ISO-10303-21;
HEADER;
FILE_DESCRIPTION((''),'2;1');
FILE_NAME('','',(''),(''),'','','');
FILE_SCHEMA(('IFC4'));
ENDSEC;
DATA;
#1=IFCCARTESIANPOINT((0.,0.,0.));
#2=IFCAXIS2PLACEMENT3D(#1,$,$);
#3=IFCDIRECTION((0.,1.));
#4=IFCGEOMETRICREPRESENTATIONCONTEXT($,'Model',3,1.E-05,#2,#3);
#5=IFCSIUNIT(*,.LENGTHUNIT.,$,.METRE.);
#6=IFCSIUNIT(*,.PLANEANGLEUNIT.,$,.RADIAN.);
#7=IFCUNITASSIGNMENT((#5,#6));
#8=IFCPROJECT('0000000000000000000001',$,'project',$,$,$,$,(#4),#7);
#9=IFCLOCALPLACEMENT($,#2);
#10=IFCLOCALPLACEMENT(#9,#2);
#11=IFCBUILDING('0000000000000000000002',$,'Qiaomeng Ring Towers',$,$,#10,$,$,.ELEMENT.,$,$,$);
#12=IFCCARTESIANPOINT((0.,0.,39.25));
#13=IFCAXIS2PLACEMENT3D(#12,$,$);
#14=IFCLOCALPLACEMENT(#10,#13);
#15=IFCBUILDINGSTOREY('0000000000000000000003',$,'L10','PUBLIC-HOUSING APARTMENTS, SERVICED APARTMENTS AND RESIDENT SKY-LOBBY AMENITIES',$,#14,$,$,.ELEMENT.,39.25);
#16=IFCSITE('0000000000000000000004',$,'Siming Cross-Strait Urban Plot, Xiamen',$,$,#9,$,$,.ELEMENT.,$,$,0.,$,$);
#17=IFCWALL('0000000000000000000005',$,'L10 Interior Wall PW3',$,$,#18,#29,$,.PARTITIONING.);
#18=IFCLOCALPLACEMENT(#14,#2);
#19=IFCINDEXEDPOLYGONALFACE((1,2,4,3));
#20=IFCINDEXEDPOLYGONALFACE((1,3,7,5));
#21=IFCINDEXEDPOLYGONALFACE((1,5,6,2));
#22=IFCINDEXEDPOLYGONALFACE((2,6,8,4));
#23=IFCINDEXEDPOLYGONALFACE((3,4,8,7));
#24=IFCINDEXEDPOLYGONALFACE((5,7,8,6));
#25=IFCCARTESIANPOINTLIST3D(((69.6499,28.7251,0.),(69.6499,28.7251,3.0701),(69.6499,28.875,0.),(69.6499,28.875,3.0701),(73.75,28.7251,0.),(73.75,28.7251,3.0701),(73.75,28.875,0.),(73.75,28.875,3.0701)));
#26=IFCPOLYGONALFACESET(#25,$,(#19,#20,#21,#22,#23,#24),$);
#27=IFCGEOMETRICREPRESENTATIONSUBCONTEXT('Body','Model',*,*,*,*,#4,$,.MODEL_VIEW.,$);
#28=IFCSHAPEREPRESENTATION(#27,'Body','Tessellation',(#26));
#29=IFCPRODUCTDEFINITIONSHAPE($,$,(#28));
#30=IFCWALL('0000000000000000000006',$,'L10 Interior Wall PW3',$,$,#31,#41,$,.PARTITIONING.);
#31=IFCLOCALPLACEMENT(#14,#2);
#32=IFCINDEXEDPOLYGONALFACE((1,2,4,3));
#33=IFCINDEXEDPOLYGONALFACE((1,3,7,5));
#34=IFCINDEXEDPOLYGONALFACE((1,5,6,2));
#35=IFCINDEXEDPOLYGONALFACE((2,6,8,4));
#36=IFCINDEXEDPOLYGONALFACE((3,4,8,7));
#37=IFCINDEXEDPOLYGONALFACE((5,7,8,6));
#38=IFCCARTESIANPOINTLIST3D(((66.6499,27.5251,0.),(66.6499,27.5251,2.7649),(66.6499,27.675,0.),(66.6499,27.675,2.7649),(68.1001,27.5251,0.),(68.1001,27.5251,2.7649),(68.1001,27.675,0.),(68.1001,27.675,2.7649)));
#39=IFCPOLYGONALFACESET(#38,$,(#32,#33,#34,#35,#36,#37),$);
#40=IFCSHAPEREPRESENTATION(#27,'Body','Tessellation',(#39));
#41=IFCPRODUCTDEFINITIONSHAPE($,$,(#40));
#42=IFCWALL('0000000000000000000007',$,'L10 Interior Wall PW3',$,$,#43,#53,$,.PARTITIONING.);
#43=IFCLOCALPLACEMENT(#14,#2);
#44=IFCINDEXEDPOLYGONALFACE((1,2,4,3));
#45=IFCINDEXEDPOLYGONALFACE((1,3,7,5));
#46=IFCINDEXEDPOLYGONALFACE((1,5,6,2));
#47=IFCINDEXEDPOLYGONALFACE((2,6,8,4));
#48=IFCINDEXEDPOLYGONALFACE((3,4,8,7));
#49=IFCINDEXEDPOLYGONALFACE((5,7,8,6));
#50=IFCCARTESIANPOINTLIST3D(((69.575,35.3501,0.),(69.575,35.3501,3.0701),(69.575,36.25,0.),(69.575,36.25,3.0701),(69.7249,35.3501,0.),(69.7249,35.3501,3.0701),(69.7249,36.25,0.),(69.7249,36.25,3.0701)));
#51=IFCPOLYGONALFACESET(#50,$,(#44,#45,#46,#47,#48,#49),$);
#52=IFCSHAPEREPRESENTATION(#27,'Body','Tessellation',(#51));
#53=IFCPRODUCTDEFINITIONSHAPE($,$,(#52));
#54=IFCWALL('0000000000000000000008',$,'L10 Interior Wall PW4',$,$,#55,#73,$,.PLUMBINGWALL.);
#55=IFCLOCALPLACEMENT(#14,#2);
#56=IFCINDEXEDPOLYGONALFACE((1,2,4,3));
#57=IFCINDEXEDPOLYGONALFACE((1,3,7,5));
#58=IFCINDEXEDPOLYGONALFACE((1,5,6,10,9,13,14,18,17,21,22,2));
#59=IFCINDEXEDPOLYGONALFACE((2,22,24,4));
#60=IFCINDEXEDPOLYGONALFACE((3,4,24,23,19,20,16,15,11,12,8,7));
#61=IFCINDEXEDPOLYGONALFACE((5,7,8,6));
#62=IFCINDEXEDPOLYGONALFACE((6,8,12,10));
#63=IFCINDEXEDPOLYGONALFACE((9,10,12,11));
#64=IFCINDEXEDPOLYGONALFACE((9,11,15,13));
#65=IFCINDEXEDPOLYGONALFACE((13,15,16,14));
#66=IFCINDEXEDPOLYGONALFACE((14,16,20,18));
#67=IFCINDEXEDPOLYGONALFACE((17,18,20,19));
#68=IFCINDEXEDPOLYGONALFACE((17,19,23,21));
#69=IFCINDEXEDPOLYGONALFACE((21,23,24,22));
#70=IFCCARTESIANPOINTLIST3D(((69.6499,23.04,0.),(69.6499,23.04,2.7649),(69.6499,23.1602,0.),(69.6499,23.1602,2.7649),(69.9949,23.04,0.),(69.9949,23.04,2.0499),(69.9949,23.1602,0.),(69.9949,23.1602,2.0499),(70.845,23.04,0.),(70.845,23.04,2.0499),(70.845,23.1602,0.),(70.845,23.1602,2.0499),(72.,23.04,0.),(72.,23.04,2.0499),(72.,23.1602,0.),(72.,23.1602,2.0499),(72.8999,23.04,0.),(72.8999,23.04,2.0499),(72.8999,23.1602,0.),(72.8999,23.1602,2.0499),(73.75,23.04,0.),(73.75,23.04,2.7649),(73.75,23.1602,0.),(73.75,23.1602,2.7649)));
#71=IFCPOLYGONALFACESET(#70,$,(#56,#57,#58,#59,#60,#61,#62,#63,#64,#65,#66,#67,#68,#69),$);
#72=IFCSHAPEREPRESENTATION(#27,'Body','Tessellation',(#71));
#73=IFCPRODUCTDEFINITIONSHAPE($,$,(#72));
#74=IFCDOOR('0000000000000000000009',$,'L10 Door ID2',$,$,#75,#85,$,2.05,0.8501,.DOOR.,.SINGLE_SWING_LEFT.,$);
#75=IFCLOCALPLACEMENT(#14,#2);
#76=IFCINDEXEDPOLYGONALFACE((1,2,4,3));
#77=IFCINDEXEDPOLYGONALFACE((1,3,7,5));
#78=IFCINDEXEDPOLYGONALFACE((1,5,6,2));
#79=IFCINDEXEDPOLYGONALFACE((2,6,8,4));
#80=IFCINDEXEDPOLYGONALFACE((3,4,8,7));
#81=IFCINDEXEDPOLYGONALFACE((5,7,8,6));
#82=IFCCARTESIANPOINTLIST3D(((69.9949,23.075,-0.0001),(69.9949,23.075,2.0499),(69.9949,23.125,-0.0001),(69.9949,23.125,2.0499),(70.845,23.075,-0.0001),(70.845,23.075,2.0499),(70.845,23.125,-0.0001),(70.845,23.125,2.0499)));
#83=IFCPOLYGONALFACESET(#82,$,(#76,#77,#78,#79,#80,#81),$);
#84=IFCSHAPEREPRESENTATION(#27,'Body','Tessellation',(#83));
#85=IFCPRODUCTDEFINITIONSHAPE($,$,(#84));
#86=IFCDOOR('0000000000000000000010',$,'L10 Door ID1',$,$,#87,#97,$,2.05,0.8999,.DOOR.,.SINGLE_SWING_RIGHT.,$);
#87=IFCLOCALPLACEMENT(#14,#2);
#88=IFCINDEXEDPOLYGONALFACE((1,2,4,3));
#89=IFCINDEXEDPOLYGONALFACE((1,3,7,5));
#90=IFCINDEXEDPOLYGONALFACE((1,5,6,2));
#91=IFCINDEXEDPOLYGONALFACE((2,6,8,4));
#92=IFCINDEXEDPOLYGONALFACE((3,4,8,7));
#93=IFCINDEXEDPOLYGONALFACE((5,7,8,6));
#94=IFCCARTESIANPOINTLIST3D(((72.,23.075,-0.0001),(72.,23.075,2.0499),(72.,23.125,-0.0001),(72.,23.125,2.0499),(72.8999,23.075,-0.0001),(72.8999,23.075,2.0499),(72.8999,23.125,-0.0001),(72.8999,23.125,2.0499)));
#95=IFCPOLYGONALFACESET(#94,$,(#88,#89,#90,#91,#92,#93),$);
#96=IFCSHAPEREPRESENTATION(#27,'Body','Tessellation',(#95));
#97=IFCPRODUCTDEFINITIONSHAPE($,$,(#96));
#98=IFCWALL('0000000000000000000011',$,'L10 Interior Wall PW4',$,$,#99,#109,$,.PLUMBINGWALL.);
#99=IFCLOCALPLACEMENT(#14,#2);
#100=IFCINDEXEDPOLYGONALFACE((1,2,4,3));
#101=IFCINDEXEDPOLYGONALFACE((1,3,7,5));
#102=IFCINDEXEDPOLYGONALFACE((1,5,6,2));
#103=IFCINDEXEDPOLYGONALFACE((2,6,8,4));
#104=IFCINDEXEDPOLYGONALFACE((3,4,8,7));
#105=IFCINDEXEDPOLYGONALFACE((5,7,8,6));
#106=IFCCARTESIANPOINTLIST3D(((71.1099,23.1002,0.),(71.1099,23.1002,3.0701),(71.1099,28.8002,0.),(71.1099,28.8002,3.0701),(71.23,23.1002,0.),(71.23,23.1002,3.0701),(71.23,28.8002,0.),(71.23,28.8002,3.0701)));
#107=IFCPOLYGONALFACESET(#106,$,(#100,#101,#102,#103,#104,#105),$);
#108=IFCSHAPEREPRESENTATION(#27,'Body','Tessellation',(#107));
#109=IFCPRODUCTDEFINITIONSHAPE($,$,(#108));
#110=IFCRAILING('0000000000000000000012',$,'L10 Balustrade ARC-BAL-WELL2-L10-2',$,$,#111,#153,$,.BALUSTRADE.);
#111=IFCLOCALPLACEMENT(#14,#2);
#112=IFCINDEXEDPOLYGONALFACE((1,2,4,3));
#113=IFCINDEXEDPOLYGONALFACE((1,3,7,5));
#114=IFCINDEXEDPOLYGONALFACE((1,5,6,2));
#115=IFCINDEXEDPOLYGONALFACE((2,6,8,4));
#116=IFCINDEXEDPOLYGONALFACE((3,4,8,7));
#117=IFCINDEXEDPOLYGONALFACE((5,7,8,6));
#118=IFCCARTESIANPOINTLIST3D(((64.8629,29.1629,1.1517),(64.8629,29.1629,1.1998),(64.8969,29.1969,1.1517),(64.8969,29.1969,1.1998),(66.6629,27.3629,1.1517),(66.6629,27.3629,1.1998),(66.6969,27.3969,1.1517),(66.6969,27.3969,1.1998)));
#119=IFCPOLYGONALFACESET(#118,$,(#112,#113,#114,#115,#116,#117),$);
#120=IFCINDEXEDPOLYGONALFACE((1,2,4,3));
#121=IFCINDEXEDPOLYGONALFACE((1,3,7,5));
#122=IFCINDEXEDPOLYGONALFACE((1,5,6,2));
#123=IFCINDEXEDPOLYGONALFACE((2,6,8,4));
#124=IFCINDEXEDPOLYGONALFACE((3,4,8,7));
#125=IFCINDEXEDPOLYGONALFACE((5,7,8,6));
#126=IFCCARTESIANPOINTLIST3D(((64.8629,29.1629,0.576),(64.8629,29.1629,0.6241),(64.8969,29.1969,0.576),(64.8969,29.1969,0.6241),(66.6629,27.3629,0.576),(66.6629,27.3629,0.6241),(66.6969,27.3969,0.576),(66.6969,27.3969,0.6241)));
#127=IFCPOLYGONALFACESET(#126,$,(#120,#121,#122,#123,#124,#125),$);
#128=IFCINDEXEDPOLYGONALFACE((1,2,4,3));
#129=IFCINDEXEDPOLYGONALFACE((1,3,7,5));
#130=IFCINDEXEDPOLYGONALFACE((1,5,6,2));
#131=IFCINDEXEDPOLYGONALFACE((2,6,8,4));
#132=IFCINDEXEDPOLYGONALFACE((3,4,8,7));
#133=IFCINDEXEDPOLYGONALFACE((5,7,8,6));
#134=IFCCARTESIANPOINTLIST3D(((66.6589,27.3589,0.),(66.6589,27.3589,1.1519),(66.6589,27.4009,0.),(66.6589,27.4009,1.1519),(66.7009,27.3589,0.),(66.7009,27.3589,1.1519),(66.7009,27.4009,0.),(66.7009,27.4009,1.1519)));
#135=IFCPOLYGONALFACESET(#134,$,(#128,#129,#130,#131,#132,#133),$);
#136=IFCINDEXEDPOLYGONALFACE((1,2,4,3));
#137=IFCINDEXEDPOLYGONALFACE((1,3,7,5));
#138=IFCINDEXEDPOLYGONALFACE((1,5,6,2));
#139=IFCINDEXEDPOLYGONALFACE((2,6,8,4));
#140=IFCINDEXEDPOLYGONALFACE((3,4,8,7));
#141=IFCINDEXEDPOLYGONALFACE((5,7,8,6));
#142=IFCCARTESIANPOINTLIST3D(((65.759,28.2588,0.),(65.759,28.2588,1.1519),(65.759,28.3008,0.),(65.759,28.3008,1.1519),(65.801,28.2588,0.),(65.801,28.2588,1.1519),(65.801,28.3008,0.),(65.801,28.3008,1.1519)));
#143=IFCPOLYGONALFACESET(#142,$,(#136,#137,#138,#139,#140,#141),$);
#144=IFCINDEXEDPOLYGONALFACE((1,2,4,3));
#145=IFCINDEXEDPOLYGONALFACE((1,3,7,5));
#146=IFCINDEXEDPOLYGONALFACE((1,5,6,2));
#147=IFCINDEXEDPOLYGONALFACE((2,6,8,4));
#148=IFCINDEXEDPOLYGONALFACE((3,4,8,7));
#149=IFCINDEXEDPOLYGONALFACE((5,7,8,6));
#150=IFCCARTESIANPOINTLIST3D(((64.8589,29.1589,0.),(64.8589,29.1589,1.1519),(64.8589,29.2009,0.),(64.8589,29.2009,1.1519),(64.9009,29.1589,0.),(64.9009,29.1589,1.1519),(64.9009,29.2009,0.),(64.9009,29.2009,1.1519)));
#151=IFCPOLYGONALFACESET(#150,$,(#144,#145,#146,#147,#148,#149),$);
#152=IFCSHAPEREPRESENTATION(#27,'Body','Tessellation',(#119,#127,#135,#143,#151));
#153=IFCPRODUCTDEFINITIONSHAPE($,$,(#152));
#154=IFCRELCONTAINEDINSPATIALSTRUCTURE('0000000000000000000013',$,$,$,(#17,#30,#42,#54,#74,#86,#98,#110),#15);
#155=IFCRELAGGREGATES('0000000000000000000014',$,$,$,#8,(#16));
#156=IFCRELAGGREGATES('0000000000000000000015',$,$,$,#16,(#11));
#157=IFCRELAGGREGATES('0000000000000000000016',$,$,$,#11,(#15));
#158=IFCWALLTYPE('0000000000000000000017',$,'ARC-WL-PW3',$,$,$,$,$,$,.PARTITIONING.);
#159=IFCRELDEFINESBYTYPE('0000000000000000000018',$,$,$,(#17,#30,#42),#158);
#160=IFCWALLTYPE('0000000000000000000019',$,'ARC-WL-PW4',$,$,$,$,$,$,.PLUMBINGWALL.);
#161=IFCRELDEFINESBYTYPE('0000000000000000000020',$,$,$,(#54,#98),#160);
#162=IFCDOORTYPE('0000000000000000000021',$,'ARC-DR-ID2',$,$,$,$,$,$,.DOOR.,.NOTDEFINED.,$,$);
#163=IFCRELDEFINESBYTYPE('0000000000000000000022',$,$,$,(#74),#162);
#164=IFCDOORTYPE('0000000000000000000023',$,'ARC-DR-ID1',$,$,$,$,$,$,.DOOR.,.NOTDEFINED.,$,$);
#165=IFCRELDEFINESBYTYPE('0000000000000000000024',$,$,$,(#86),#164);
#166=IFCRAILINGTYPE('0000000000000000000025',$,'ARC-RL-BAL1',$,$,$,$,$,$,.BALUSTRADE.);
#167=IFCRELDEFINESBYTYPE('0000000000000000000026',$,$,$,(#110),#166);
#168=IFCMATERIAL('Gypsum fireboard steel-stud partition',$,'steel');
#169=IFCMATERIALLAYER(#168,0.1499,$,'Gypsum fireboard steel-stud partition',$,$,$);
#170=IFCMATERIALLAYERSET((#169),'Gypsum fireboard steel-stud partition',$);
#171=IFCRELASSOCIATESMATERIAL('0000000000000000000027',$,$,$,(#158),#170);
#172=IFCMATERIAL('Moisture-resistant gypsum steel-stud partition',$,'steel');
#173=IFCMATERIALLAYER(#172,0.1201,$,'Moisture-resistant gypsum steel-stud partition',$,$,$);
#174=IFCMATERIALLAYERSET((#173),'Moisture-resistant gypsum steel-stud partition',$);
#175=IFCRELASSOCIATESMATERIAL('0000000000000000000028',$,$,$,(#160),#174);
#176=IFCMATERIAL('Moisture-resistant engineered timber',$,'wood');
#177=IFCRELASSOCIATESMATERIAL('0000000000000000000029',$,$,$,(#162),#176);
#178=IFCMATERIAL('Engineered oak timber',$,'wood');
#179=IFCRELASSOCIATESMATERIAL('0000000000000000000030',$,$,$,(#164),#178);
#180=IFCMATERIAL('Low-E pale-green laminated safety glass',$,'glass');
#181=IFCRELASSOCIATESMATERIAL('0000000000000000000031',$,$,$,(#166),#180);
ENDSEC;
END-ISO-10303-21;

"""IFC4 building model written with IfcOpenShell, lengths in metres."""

from ifc_helpers import new_model, si_unit, direction, frame, frame_2d, origin, origin_2d, place, context, subcontext, project, spatial, rectangle, extrude, source, transform, mapped, material, layer, layer_set, type_object, element, fill, save


model = new_model("IFC4")

# Units and contexts
model_context = context("Model", 3, precision=1e-05, world=origin(), true_north=direction((0.0, 1.0)))
body_context = subcontext(model_context, "Body", "Model", "MODEL_VIEW")
ifc_project = project(units=[si_unit("LENGTHUNIT", "METRE"), si_unit("PLANEANGLEUNIT", "RADIAN")], contexts=[model_context])

# Site, building, storey
site_placement = place(None, origin())
site = spatial("IfcSite", under=ifc_project, at=site_placement, Name="Siming Cross-Strait Urban Plot, Xiamen", CompositionType="ELEMENT", RefElevation=0.0)
building_placement = place(site_placement, origin())
building = spatial("IfcBuilding", under=site, at=building_placement, Name="Qiaomeng Ring Towers", CompositionType="ELEMENT")
storey_placement = place(building_placement, frame((0.0, 0.0, 39.25)))
storey = spatial("IfcBuildingStorey", under=building, at=storey_placement, Name="L10", Description="PUBLIC-HOUSING APARTMENTS, SERVICED APARTMENTS AND RESIDENT SKY-LOBBY AMENITIES", CompositionType="ELEMENT", Elevation=39.25)

# Walls
ifc_material_1 = material(Name="Gypsum fireboard steel-stud partition", Category="steel")
ifc_layer_1 = layer(ifc_material_1, 0.1499, Name="Gypsum fireboard steel-stud partition")
ifc_layer_set_1 = layer_set([ifc_layer_1], Name="Gypsum fireboard steel-stud partition")
wall_type_1 = type_object("IfcWallType", Name="ARC-WL-PW3", PredefinedType="PARTITIONING", material=ifc_layer_set_1)
wall_1_placement = place(storey_placement, frame((69.6499, 28.8, 0.0), z_axis=(0.0, 0.0, 1.0), x_axis=(1.0, 0.0, 0.0)))
element("IfcWall", 1, at=wall_1_placement, inside=storey, type_object=wall_type_1, Name="L10 Interior Wall PW3", PredefinedType="PARTITIONING", context=body_context, shape_type="SweptSolid", body=[
    extrude(rectangle(XDim=4.1001, YDim=0.1499, at=frame_2d((2.05, 0.0))), origin(), (0.0, 0.0, 1.0), 3.0701),
])
wall_2_placement = place(storey_placement, frame((66.6499, 27.6001, 0.0), z_axis=(0.0, 0.0, 1.0), x_axis=(1.0, 0.0, 0.0)))
element("IfcWall", 2, at=wall_2_placement, inside=storey, type_object=wall_type_1, Name="L10 Interior Wall PW3", PredefinedType="PARTITIONING", context=body_context, shape_type="SweptSolid", body=[
    extrude(rectangle(XDim=1.4502, YDim=0.1499, at=frame_2d((0.7251, 0.0))), origin(), (0.0, 0.0, 1.0), 2.7649),
])
wall_3_placement = place(storey_placement, frame((69.6499, 35.3501, 0.0), z_axis=(0.0, 0.0, 1.0), x_axis=(0.0, 1.0, 0.0)))
element("IfcWall", 3, at=wall_3_placement, inside=storey, type_object=wall_type_1, Name="L10 Interior Wall PW3", PredefinedType="PARTITIONING", context=body_context, shape_type="SweptSolid", body=[
    extrude(rectangle(XDim=0.8999, YDim=0.1499, at=frame_2d((0.45, 0.0))), origin(), (0.0, 0.0, 1.0), 3.0701),
])

# Wall, openings, doors
ifc_material_2 = material(Name="Moisture-resistant gypsum steel-stud partition", Category="steel")
ifc_layer_2 = layer(ifc_material_2, 0.1201, Name="Moisture-resistant gypsum steel-stud partition")
ifc_layer_set_2 = layer_set([ifc_layer_2], Name="Moisture-resistant gypsum steel-stud partition")
wall_type_2 = type_object("IfcWallType", Name="ARC-WL-PW4", PredefinedType="PLUMBINGWALL", material=ifc_layer_set_2)
wall_4_placement = place(storey_placement, frame((69.6499, 23.1001, 0.0), z_axis=(0.0, 0.0, 1.0), x_axis=(1.0, 0.0, 0.0)))
wall_4 = element("IfcWall", 4, at=wall_4_placement, inside=storey, type_object=wall_type_2, Name="L10 Interior Wall PW4", PredefinedType="PLUMBINGWALL", context=body_context, shape_type="SweptSolid", body=[
    extrude(rectangle(XDim=4.1001, YDim=0.1201, at=frame_2d((2.05, 0.0))), origin(), (0.0, 0.0, 1.0), 2.7649),
])
opening_1_placement = place(wall_4_placement, frame((0.345, 0.0, 0.0)))
opening_1 = element("IfcOpeningElement", 5, at=opening_1_placement, cuts=wall_4, PredefinedType="OPENING", context=body_context, shape_type="SweptSolid", body=[
    extrude(rectangle(XDim=0.8501, YDim=2.05, at=frame_2d((0.425, 1.0249))), frame((0.0, 0.0701, 0.0), z_axis=(0.0, -1.0, 0.0), x_axis=(1.0, 0.0, 0.0)), (0.0, 0.0, 1.0), 0.1401),
])
opening_2_placement = place(wall_4_placement, frame((2.3501, 0.0, 0.0)))
opening_2 = element("IfcOpeningElement", 6, at=opening_2_placement, cuts=wall_4, PredefinedType="OPENING", context=body_context, shape_type="SweptSolid", body=[
    extrude(rectangle(XDim=0.8999, YDim=2.05, at=frame_2d((0.45, 1.0249))), frame((0.0, 0.0701, 0.0), z_axis=(0.0, -1.0, 0.0), x_axis=(1.0, 0.0, 0.0)), (0.0, 0.0, 1.0), 0.1401),
])
ifc_material_3 = material(Name="Moisture-resistant engineered timber", Category="wood")
door_type_1 = type_object("IfcDoorType", Name="ARC-DR-ID2", OperationType="NOTDEFINED", PredefinedType="DOOR", material=ifc_material_3)
shared_shape_1 = source(origin(), body_context, "Body", "SweptSolid", [
    extrude(rectangle(XDim=0.8501, YDim=2.05, at=frame_2d((0.425, 1.0249))), frame((0.0, 0.0249, 0.0), z_axis=(0.0, -1.0, 0.0), x_axis=(1.0, 0.0, 0.0)), (0.0, 0.0, 1.0), 0.05),
])
door_1_placement = place(opening_1_placement, origin())
door_1 = element("IfcDoor", 7, at=door_1_placement, inside=storey, type_object=door_type_1, Name="L10 Door ID2", OperationType="SINGLE_SWING_LEFT", OverallHeight=2.05, OverallWidth=0.8501, PredefinedType="DOOR", context=body_context, shape_type="MappedRepresentation", body=[
    mapped(shared_shape_1, transform((0.0, 0.0, 0.0), x_axis=(1.0, 0.0, 0.0), y_axis=(0.0, 1.0, 0.0), z_axis=(0.0, 0.0, 1.0), scale=1.0)),
])
fill(opening_1, door_1)
ifc_material_4 = material(Name="Engineered oak timber", Category="wood")
door_type_2 = type_object("IfcDoorType", Name="ARC-DR-ID1", OperationType="NOTDEFINED", PredefinedType="DOOR", material=ifc_material_4)
shared_shape_2 = source(origin(), body_context, "Body", "SweptSolid", [
    extrude(rectangle(XDim=0.8999, YDim=2.05, at=frame_2d((0.45, 1.0249))), frame((0.0, 0.0249, 0.0), z_axis=(0.0, -1.0, 0.0), x_axis=(1.0, 0.0, 0.0)), (0.0, 0.0, 1.0), 0.05),
])
door_2_placement = place(opening_2_placement, origin())
door_2 = element("IfcDoor", 8, at=door_2_placement, inside=storey, type_object=door_type_2, Name="L10 Door ID1", OperationType="SINGLE_SWING_RIGHT", OverallHeight=2.05, OverallWidth=0.8999, PredefinedType="DOOR", context=body_context, shape_type="MappedRepresentation", body=[
    mapped(shared_shape_2, transform((0.0, 0.0, 0.0), x_axis=(1.0, 0.0, 0.0), y_axis=(0.0, 1.0, 0.0), z_axis=(0.0, 0.0, 1.0), scale=1.0)),
])
fill(opening_2, door_2)

# Wall
wall_5_placement = place(storey_placement, frame((71.1699, 23.1001, 0.0), z_axis=(0.0, 0.0, 1.0), x_axis=(0.0, 1.0, 0.0)))
element("IfcWall", 9, at=wall_5_placement, inside=storey, type_object=wall_type_2, Name="L10 Interior Wall PW4", PredefinedType="PLUMBINGWALL", context=body_context, shape_type="SweptSolid", body=[
    extrude(rectangle(XDim=5.7, YDim=0.1201, at=frame_2d((2.8501, 0.0))), origin(), (0.0, 0.0, 1.0), 3.0701),
])

# Railing
ifc_material_5 = material(Name="Low-E pale-green laminated safety glass", Category="glass")
railing_type = type_object("IfcRailingType", Name="ARC-RL-BAL1", PredefinedType="BALUSTRADE", material=ifc_material_5)
railing_1_placement = place(storey_placement, frame((66.6799, 27.3799, 0.0)))
element("IfcRailing", 10, at=railing_1_placement, inside=storey, type_object=railing_type, Name="L10 Balustrade ARC-BAL-WELL2-L10-2", PredefinedType="BALUSTRADE", context=body_context, shape_type="SweptSolid", body=[
    extrude(rectangle(XDim=0.0481, YDim=0.0481, at=origin_2d()), frame((0.0, 0.0, 1.1758), z_axis=(-0.707107, 0.707107, 0.0), x_axis=(-0.707107, -0.707107, 0.0)), (0.0, 0.0, 1.0), 2.5457),
    extrude(rectangle(XDim=0.0481, YDim=0.0481, at=origin_2d()), frame((0.0, 0.0, 0.6001), z_axis=(-0.707107, 0.707107, 0.0), x_axis=(-0.707107, -0.707107, 0.0)), (0.0, 0.0, 1.0), 2.5457),
    extrude(rectangle(XDim=0.042, YDim=0.042, at=origin_2d()), origin(), (0.0, 0.0, 1.0), 1.1519),
    extrude(rectangle(XDim=0.042, YDim=0.042, at=origin_2d()), frame((-0.8999, 0.8999, 0.0)), (0.0, 0.0, 1.0), 1.1519),
    extrude(rectangle(XDim=0.042, YDim=0.042, at=origin_2d()), frame((-1.8, 1.8, 0.0)), (0.0, 0.0, 1.0), 1.1519),
])

save(model, "model.ifc")
